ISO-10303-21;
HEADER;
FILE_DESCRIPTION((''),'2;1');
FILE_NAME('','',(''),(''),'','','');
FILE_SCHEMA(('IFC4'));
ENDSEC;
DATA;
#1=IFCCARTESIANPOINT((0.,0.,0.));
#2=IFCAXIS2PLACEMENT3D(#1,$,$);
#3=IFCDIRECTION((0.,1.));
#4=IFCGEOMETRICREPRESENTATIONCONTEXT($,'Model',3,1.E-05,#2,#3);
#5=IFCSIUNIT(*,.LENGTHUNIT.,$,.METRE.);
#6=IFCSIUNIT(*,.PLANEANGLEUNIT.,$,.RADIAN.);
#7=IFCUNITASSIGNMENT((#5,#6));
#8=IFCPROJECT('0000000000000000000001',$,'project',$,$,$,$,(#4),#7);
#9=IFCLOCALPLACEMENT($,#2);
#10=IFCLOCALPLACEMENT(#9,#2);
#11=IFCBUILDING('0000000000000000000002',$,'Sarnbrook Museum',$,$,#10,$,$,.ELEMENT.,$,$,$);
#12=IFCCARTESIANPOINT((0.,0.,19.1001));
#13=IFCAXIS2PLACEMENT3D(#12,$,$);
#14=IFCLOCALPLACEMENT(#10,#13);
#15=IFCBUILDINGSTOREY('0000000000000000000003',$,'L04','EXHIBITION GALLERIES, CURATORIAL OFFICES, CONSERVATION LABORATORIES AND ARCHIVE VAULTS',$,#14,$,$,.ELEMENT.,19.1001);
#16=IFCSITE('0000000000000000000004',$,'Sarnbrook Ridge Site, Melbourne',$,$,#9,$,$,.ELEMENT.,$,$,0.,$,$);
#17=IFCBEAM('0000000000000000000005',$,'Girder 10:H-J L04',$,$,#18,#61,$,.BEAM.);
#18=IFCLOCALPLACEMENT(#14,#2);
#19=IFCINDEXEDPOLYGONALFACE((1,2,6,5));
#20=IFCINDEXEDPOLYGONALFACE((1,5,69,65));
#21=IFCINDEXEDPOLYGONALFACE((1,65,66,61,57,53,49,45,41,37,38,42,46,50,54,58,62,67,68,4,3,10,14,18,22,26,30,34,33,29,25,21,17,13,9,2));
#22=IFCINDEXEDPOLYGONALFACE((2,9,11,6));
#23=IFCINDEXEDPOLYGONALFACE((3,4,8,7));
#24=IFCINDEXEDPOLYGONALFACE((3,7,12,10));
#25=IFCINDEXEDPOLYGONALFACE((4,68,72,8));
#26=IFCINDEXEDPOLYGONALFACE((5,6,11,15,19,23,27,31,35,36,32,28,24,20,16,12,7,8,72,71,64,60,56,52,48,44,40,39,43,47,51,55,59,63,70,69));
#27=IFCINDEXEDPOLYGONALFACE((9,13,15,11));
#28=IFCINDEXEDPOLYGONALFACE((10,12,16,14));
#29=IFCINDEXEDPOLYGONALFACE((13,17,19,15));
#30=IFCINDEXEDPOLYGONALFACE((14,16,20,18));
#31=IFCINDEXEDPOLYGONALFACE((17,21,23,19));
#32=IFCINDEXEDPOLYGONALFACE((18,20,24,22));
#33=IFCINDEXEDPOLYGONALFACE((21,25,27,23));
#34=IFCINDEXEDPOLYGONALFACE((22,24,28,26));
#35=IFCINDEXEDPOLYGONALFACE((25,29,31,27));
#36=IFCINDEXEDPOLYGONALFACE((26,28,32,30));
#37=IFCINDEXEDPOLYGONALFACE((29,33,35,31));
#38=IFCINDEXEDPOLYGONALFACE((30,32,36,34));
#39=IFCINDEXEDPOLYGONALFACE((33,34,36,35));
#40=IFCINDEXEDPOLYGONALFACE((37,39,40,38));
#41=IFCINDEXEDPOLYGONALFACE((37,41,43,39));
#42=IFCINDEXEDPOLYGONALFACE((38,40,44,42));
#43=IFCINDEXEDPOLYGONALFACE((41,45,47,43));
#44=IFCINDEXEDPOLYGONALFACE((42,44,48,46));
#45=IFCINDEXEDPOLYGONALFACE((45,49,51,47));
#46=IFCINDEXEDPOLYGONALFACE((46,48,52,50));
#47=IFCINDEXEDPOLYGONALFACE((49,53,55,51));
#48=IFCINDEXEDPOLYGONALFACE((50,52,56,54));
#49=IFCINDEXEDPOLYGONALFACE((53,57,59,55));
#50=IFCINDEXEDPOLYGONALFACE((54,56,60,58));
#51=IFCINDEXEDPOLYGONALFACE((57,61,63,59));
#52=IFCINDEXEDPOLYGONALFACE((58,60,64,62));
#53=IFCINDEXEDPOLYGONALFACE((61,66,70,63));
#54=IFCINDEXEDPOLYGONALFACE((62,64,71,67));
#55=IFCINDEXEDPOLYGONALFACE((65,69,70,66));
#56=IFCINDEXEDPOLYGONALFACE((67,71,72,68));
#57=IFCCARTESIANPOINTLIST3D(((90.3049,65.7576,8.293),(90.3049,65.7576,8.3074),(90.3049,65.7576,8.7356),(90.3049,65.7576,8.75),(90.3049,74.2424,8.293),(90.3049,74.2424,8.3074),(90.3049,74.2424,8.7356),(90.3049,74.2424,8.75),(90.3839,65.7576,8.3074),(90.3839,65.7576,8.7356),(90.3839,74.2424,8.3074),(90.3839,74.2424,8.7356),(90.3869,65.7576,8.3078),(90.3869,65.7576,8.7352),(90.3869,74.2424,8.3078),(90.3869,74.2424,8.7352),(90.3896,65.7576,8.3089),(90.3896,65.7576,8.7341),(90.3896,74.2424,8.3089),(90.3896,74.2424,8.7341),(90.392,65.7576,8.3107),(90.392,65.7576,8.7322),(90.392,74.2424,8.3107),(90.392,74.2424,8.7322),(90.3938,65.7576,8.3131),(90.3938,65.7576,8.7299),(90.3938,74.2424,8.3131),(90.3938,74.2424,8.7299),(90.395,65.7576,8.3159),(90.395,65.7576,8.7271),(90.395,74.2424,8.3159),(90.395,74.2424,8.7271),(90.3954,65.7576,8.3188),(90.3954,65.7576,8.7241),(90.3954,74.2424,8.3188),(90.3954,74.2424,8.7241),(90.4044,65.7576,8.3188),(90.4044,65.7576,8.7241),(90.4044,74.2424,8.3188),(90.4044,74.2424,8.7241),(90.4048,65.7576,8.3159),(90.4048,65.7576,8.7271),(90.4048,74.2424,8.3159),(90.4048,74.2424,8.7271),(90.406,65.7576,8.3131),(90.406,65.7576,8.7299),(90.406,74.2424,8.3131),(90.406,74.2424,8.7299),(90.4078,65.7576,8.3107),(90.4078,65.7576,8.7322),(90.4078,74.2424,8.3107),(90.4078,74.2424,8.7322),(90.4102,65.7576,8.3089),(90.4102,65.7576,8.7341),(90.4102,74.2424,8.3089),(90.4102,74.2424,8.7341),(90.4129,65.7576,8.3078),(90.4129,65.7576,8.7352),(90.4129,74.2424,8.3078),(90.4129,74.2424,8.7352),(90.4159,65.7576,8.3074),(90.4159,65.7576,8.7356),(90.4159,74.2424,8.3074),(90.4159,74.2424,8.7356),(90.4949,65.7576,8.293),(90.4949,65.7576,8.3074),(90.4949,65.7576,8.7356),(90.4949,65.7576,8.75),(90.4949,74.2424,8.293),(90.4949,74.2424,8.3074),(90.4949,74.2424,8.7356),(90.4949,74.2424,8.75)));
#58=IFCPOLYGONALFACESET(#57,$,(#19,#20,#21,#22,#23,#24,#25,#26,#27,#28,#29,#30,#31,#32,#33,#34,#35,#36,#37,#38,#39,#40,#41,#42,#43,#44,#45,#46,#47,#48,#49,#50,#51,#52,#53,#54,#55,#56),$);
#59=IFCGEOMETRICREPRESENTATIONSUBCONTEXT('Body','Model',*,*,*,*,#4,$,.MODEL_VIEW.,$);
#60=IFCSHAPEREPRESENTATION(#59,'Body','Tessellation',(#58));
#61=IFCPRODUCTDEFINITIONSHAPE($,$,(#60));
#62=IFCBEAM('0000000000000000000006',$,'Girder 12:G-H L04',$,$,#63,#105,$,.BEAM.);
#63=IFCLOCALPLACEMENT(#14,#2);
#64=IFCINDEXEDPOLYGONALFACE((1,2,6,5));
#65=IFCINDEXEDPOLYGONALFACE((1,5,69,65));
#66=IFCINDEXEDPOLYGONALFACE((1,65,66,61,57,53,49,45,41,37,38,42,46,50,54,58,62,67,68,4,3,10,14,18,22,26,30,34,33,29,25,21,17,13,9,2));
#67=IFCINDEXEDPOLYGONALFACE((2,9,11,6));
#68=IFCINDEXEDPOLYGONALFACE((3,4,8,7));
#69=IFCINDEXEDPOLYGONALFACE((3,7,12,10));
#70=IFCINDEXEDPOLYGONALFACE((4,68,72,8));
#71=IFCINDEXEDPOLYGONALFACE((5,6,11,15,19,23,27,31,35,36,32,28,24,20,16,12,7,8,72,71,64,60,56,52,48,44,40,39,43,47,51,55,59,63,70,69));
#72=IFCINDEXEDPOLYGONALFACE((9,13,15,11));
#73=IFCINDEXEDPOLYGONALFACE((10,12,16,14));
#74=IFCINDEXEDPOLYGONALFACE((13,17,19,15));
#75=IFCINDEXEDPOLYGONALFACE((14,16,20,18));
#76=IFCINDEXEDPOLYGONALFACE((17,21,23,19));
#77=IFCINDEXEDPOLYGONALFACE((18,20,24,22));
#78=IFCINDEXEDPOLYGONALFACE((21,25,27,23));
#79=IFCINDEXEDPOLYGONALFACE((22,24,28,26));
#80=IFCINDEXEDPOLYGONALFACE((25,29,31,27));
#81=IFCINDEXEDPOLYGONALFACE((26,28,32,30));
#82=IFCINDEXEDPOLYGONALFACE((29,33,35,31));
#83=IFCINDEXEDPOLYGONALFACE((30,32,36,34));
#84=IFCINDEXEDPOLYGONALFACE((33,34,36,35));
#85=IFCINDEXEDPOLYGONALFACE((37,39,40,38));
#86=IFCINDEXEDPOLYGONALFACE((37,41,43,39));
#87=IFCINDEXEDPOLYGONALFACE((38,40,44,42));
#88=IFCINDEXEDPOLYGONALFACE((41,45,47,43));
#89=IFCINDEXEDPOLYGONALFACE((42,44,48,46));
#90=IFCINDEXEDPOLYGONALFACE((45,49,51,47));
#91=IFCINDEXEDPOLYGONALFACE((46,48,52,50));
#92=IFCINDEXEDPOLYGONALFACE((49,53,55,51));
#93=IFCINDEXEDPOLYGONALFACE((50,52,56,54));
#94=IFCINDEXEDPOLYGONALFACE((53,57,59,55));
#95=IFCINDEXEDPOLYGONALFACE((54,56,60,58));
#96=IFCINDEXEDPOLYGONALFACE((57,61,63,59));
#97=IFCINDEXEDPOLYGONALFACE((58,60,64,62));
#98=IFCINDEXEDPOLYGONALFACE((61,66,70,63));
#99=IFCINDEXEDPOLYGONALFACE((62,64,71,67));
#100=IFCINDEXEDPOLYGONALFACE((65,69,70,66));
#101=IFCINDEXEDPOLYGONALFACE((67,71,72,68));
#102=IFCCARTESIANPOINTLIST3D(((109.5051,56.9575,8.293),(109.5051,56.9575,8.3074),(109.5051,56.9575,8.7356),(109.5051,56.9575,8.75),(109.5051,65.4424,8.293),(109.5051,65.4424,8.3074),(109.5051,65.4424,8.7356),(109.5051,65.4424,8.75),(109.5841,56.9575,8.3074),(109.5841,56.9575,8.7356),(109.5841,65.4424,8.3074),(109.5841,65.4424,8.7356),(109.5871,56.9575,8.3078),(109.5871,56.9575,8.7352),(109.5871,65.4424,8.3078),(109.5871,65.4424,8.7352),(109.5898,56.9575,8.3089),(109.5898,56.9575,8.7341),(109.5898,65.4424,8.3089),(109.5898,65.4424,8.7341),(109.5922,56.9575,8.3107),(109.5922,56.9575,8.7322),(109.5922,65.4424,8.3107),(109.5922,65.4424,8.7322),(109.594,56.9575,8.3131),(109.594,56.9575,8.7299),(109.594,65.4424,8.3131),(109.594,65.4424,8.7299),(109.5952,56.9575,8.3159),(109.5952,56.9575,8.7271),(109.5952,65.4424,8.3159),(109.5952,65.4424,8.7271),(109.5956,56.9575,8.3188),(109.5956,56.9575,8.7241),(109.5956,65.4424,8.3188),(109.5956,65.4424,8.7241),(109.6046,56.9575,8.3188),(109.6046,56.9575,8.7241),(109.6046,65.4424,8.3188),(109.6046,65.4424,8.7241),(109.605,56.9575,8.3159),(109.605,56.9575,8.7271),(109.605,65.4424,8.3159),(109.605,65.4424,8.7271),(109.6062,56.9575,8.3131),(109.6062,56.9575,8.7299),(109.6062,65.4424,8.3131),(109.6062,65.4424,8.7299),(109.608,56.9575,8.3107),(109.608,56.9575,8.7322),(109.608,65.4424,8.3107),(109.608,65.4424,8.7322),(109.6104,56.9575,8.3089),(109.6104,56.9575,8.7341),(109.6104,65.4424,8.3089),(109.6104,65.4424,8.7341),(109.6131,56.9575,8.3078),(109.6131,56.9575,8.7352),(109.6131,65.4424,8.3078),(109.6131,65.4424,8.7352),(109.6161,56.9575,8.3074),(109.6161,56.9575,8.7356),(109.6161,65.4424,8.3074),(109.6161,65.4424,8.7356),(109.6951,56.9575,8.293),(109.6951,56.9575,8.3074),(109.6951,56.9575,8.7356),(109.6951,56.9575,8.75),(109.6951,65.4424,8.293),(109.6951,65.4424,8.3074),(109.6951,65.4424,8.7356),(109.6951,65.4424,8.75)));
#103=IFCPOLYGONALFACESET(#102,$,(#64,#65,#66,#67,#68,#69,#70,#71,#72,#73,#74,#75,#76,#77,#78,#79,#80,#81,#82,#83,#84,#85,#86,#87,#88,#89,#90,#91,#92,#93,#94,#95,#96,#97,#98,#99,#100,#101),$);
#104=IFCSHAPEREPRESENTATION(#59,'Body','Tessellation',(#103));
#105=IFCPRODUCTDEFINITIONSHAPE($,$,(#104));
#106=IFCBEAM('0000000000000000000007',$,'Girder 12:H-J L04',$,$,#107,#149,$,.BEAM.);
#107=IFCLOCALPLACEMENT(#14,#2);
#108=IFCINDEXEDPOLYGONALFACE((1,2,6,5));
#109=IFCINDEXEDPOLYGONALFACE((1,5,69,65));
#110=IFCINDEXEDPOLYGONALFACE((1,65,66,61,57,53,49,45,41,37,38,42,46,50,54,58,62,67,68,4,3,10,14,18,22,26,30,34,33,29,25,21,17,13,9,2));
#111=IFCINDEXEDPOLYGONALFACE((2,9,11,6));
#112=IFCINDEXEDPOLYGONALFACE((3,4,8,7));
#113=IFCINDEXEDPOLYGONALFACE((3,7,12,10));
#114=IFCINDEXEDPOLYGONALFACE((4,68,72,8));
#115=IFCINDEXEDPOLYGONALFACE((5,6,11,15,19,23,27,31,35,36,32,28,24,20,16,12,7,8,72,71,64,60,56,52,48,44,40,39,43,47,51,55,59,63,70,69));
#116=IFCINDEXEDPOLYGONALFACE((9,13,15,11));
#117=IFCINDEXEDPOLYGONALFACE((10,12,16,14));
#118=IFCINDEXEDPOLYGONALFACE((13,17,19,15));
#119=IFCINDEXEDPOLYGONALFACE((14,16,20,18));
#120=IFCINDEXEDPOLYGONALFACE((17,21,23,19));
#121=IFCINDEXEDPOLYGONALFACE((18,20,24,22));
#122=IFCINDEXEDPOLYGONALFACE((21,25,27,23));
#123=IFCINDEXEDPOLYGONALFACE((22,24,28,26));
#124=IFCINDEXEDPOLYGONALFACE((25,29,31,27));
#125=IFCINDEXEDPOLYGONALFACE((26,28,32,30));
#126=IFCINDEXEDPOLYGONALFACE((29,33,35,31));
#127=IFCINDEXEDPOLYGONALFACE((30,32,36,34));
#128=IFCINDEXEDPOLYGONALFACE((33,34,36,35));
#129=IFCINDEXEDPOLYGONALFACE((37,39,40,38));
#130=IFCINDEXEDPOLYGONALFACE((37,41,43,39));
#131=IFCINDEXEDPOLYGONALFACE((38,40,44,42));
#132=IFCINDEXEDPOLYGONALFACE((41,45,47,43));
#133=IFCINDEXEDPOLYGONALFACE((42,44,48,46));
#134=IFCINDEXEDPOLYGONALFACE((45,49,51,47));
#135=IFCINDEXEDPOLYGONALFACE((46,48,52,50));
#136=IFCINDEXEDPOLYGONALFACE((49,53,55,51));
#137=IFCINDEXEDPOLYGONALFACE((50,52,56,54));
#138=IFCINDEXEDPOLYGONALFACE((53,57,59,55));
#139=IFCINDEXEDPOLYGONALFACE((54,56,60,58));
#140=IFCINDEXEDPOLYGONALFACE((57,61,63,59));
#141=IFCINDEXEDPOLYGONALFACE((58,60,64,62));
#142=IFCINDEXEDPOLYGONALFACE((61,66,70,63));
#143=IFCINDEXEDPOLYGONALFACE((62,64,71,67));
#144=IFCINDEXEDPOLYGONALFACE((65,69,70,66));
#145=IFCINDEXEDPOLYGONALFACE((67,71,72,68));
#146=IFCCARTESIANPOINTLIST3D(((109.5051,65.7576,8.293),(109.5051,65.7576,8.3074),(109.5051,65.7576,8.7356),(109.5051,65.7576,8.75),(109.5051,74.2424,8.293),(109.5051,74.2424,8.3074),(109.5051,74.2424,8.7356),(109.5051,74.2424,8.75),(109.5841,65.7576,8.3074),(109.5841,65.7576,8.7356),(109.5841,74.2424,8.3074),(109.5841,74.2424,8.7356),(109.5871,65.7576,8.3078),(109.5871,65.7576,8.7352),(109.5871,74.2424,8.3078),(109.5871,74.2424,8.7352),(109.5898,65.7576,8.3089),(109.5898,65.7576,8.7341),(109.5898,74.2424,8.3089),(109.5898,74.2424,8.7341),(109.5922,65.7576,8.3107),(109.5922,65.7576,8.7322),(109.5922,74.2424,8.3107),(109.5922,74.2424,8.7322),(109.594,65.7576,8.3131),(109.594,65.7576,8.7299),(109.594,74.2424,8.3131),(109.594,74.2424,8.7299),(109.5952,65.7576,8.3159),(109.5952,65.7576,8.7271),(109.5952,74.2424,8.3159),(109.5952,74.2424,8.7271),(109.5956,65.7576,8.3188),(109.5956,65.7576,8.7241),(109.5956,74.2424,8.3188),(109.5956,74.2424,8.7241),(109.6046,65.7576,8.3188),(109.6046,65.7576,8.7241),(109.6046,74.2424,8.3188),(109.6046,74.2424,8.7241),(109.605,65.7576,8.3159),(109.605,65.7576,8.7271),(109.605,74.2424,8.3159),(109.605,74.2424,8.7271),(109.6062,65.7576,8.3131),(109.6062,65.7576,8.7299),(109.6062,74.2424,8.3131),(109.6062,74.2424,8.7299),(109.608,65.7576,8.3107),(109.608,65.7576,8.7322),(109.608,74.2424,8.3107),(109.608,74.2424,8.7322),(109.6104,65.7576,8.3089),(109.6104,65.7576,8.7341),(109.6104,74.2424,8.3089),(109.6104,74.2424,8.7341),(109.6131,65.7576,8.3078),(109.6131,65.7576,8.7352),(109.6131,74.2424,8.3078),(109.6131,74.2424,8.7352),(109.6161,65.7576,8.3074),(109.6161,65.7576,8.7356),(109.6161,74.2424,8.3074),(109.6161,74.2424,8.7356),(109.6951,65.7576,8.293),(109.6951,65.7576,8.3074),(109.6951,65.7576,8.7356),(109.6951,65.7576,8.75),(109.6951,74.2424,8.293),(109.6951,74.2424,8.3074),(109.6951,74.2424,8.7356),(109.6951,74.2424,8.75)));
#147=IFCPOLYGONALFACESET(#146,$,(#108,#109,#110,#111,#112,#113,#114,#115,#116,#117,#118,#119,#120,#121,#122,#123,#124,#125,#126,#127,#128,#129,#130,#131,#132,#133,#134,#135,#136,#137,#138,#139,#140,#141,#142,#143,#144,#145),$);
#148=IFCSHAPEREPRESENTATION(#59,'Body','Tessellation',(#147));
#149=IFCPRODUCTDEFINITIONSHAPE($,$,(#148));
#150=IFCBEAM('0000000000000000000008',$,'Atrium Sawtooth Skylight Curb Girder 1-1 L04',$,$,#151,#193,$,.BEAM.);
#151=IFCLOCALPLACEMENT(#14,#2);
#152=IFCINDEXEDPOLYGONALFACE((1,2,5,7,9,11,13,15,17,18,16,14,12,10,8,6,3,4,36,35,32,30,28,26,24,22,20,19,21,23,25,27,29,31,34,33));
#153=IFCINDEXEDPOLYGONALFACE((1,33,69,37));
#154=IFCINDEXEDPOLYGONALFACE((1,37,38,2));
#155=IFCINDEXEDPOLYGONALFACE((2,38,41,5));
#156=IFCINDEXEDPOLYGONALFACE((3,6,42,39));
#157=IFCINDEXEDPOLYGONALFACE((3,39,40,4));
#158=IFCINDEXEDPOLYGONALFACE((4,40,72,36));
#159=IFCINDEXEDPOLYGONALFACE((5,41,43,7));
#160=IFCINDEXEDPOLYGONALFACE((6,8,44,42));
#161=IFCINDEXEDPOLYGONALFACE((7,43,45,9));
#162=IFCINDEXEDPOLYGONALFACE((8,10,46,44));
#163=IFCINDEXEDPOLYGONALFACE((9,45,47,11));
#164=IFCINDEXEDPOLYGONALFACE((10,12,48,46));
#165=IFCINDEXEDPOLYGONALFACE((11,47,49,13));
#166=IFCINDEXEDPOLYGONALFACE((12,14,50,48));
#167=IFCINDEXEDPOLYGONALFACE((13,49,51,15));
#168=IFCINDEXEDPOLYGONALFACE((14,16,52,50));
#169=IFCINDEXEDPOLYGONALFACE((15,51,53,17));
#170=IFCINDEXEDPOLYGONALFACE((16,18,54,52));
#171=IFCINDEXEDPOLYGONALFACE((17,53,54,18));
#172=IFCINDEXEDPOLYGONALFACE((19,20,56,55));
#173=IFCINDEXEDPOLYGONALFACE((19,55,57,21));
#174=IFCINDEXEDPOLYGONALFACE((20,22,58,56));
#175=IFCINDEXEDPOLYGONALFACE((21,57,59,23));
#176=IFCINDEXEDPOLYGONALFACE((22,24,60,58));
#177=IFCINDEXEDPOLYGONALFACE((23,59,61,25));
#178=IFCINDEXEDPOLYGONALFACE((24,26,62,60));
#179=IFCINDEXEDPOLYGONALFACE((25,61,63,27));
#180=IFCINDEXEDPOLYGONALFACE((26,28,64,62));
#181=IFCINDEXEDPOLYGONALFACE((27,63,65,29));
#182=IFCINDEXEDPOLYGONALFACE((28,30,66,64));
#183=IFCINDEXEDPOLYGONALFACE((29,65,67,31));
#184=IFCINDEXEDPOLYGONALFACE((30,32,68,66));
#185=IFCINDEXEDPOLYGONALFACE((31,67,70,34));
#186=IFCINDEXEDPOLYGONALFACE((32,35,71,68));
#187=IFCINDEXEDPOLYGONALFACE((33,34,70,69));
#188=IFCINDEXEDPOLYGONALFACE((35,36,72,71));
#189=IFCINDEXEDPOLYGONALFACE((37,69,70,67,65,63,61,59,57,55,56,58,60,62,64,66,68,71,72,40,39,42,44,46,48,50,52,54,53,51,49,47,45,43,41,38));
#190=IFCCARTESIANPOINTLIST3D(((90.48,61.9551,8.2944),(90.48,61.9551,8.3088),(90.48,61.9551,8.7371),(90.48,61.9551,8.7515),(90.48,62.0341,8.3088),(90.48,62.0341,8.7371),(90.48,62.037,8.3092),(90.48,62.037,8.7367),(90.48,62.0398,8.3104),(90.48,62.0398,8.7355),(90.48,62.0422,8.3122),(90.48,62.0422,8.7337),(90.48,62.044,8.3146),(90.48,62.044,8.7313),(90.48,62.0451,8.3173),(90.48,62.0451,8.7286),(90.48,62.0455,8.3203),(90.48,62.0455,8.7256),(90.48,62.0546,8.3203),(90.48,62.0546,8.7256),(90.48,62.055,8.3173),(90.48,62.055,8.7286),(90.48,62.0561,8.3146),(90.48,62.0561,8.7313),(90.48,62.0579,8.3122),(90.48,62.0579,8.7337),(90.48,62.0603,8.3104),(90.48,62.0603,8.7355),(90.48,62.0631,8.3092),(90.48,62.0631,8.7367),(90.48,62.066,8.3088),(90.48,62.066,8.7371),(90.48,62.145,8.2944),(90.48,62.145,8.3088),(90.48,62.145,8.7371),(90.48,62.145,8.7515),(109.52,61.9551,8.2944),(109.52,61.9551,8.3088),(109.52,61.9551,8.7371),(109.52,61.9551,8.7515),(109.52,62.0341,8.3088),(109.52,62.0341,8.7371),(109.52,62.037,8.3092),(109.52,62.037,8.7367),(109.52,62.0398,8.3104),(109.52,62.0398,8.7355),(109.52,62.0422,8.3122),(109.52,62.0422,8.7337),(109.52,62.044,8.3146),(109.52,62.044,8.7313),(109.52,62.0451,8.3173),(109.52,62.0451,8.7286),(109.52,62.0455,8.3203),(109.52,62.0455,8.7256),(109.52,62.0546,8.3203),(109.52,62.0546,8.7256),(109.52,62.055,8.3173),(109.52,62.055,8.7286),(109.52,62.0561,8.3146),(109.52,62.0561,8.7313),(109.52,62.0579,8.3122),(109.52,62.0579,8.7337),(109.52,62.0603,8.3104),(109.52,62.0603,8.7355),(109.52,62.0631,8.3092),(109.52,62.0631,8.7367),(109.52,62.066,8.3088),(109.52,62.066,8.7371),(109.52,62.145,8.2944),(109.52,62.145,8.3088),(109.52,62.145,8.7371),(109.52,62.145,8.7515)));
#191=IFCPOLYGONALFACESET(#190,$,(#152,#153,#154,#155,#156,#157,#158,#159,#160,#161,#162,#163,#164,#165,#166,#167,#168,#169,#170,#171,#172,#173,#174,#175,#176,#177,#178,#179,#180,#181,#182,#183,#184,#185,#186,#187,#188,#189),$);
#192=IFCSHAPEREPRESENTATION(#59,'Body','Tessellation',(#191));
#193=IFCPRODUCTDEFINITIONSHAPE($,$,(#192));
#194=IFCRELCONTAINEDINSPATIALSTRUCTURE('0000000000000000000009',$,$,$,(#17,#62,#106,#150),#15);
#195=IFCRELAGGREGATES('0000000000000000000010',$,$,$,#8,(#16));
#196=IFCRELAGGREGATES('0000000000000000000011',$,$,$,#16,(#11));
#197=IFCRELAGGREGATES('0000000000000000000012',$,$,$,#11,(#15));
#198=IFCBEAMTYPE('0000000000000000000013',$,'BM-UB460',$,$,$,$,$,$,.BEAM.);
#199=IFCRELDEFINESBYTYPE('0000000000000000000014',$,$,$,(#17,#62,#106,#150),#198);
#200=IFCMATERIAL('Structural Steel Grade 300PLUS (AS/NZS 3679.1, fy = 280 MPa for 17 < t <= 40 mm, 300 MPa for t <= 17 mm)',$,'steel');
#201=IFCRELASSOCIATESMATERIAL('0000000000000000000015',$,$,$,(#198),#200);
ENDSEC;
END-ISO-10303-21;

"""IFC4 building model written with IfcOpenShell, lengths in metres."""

from ifc_helpers import new_model, si_unit, direction, frame, origin, origin_2d, place, context, subcontext, project, spatial, i_section, extrude, material, material_profile, profile_set, type_object, element, save


model = new_model("IFC4")

# Units and contexts
model_context = context("Model", 3, precision=1e-05, world=origin(), true_north=direction((0.0, 1.0)))
body_context = subcontext(model_context, "Body", "Model", "MODEL_VIEW")
ifc_project = project(units=[si_unit("LENGTHUNIT", "METRE"), si_unit("PLANEANGLEUNIT", "RADIAN")], contexts=[model_context])

# Site, building, storey
site_placement = place(None, origin())
site = spatial("IfcSite", under=ifc_project, at=site_placement, Name="Sarnbrook Ridge Site, Melbourne", CompositionType="ELEMENT", RefElevation=0.0)
building_placement = place(site_placement, origin())
building = spatial("IfcBuilding", under=site, at=building_placement, Name="Sarnbrook Museum", CompositionType="ELEMENT")
storey_placement = place(building_placement, frame((0.0, 0.0, 19.1001)))
storey = spatial("IfcBuildingStorey", under=building, at=storey_placement, Name="L04", Description="EXHIBITION GALLERIES, CURATORIAL OFFICES, CONSERVATION LABORATORIES AND ARCHIVE VAULTS", CompositionType="ELEMENT", Elevation=19.1001)

# Shared definitions
ifc_material_1 = material(Name="Structural Steel Grade 300PLUS (AS/NZS 3679.1, fy = 280 MPa for 17 < t <= 40 mm, 300 MPa for t <= 17 mm)", Category="steel")

# Beams
ifc_material_profile_1 = material_profile(ifc_material_1, i_section(OverallWidth=0.1899, OverallDepth=0.457, WebThickness=0.009, FlangeThickness=0.0144, FilletRadius=0.0115, at=origin_2d()), Name="460UB74.6")
ifc_profile_set_1 = profile_set([ifc_material_profile_1], Name="Structural Steel Grade 300PLUS (AS/NZS 3679.1, fy = 280 MPa for 17 < t <= 40 mm, 300 MPa for t <= 17 mm)")
beam_type_1 = type_object("IfcBeamType", Name="BM-UB460", PredefinedType="BEAM", material=ifc_profile_set_1)
for number, where, z_axis, x_axis, name in (
    (1, (90.3999, 65.7576, 8.5215), (0.0, 1.0, 0.0), (-1.0, 0.0, 0.0), "Girder 10:H-J L04"),
    (2, (109.6001, 56.9575, 8.5215), (0.0, 1.0, 0.0), (-1.0, 0.0, 0.0), "Girder 12:G-H L04"),
    (3, (109.6001, 65.7576, 8.5215), (0.0, 1.0, 0.0), (-1.0, 0.0, 0.0), "Girder 12:H-J L04"),
):
    element("IfcBeam", number, at=place(storey_placement, frame(where, z_axis=z_axis, x_axis=x_axis)), inside=storey, type_object=beam_type_1, Name=name, PredefinedType="BEAM", context=body_context, shape_type="SweptSolid", body=[
        extrude(i_section(OverallWidth=0.1899, OverallDepth=0.457, WebThickness=0.009, FlangeThickness=0.0144, FilletRadius=0.0115, at=origin_2d()), origin(), (0.0, 0.0, 1.0), 8.4849),
    ])
for number, where, z_axis, x_axis, name in (
    (4, (90.48, 62.05, 8.5229), (1.0, 0.0, 0.0), (0.0, 1.0, 0.0), "Atrium Sawtooth Skylight Curb Girder 1-1 L04"),
):
    element("IfcBeam", number, at=place(storey_placement, frame(where, z_axis=z_axis, x_axis=x_axis)), inside=storey, type_object=beam_type_1, Name=name, PredefinedType="BEAM", context=body_context, shape_type="SweptSolid", body=[
        extrude(i_section(OverallWidth=0.1899, OverallDepth=0.457, WebThickness=0.009, FlangeThickness=0.0144, FilletRadius=0.0115, at=origin_2d()), origin(), (0.0, 0.0, 1.0), 19.04),
    ])

save(model, "model.ifc")
